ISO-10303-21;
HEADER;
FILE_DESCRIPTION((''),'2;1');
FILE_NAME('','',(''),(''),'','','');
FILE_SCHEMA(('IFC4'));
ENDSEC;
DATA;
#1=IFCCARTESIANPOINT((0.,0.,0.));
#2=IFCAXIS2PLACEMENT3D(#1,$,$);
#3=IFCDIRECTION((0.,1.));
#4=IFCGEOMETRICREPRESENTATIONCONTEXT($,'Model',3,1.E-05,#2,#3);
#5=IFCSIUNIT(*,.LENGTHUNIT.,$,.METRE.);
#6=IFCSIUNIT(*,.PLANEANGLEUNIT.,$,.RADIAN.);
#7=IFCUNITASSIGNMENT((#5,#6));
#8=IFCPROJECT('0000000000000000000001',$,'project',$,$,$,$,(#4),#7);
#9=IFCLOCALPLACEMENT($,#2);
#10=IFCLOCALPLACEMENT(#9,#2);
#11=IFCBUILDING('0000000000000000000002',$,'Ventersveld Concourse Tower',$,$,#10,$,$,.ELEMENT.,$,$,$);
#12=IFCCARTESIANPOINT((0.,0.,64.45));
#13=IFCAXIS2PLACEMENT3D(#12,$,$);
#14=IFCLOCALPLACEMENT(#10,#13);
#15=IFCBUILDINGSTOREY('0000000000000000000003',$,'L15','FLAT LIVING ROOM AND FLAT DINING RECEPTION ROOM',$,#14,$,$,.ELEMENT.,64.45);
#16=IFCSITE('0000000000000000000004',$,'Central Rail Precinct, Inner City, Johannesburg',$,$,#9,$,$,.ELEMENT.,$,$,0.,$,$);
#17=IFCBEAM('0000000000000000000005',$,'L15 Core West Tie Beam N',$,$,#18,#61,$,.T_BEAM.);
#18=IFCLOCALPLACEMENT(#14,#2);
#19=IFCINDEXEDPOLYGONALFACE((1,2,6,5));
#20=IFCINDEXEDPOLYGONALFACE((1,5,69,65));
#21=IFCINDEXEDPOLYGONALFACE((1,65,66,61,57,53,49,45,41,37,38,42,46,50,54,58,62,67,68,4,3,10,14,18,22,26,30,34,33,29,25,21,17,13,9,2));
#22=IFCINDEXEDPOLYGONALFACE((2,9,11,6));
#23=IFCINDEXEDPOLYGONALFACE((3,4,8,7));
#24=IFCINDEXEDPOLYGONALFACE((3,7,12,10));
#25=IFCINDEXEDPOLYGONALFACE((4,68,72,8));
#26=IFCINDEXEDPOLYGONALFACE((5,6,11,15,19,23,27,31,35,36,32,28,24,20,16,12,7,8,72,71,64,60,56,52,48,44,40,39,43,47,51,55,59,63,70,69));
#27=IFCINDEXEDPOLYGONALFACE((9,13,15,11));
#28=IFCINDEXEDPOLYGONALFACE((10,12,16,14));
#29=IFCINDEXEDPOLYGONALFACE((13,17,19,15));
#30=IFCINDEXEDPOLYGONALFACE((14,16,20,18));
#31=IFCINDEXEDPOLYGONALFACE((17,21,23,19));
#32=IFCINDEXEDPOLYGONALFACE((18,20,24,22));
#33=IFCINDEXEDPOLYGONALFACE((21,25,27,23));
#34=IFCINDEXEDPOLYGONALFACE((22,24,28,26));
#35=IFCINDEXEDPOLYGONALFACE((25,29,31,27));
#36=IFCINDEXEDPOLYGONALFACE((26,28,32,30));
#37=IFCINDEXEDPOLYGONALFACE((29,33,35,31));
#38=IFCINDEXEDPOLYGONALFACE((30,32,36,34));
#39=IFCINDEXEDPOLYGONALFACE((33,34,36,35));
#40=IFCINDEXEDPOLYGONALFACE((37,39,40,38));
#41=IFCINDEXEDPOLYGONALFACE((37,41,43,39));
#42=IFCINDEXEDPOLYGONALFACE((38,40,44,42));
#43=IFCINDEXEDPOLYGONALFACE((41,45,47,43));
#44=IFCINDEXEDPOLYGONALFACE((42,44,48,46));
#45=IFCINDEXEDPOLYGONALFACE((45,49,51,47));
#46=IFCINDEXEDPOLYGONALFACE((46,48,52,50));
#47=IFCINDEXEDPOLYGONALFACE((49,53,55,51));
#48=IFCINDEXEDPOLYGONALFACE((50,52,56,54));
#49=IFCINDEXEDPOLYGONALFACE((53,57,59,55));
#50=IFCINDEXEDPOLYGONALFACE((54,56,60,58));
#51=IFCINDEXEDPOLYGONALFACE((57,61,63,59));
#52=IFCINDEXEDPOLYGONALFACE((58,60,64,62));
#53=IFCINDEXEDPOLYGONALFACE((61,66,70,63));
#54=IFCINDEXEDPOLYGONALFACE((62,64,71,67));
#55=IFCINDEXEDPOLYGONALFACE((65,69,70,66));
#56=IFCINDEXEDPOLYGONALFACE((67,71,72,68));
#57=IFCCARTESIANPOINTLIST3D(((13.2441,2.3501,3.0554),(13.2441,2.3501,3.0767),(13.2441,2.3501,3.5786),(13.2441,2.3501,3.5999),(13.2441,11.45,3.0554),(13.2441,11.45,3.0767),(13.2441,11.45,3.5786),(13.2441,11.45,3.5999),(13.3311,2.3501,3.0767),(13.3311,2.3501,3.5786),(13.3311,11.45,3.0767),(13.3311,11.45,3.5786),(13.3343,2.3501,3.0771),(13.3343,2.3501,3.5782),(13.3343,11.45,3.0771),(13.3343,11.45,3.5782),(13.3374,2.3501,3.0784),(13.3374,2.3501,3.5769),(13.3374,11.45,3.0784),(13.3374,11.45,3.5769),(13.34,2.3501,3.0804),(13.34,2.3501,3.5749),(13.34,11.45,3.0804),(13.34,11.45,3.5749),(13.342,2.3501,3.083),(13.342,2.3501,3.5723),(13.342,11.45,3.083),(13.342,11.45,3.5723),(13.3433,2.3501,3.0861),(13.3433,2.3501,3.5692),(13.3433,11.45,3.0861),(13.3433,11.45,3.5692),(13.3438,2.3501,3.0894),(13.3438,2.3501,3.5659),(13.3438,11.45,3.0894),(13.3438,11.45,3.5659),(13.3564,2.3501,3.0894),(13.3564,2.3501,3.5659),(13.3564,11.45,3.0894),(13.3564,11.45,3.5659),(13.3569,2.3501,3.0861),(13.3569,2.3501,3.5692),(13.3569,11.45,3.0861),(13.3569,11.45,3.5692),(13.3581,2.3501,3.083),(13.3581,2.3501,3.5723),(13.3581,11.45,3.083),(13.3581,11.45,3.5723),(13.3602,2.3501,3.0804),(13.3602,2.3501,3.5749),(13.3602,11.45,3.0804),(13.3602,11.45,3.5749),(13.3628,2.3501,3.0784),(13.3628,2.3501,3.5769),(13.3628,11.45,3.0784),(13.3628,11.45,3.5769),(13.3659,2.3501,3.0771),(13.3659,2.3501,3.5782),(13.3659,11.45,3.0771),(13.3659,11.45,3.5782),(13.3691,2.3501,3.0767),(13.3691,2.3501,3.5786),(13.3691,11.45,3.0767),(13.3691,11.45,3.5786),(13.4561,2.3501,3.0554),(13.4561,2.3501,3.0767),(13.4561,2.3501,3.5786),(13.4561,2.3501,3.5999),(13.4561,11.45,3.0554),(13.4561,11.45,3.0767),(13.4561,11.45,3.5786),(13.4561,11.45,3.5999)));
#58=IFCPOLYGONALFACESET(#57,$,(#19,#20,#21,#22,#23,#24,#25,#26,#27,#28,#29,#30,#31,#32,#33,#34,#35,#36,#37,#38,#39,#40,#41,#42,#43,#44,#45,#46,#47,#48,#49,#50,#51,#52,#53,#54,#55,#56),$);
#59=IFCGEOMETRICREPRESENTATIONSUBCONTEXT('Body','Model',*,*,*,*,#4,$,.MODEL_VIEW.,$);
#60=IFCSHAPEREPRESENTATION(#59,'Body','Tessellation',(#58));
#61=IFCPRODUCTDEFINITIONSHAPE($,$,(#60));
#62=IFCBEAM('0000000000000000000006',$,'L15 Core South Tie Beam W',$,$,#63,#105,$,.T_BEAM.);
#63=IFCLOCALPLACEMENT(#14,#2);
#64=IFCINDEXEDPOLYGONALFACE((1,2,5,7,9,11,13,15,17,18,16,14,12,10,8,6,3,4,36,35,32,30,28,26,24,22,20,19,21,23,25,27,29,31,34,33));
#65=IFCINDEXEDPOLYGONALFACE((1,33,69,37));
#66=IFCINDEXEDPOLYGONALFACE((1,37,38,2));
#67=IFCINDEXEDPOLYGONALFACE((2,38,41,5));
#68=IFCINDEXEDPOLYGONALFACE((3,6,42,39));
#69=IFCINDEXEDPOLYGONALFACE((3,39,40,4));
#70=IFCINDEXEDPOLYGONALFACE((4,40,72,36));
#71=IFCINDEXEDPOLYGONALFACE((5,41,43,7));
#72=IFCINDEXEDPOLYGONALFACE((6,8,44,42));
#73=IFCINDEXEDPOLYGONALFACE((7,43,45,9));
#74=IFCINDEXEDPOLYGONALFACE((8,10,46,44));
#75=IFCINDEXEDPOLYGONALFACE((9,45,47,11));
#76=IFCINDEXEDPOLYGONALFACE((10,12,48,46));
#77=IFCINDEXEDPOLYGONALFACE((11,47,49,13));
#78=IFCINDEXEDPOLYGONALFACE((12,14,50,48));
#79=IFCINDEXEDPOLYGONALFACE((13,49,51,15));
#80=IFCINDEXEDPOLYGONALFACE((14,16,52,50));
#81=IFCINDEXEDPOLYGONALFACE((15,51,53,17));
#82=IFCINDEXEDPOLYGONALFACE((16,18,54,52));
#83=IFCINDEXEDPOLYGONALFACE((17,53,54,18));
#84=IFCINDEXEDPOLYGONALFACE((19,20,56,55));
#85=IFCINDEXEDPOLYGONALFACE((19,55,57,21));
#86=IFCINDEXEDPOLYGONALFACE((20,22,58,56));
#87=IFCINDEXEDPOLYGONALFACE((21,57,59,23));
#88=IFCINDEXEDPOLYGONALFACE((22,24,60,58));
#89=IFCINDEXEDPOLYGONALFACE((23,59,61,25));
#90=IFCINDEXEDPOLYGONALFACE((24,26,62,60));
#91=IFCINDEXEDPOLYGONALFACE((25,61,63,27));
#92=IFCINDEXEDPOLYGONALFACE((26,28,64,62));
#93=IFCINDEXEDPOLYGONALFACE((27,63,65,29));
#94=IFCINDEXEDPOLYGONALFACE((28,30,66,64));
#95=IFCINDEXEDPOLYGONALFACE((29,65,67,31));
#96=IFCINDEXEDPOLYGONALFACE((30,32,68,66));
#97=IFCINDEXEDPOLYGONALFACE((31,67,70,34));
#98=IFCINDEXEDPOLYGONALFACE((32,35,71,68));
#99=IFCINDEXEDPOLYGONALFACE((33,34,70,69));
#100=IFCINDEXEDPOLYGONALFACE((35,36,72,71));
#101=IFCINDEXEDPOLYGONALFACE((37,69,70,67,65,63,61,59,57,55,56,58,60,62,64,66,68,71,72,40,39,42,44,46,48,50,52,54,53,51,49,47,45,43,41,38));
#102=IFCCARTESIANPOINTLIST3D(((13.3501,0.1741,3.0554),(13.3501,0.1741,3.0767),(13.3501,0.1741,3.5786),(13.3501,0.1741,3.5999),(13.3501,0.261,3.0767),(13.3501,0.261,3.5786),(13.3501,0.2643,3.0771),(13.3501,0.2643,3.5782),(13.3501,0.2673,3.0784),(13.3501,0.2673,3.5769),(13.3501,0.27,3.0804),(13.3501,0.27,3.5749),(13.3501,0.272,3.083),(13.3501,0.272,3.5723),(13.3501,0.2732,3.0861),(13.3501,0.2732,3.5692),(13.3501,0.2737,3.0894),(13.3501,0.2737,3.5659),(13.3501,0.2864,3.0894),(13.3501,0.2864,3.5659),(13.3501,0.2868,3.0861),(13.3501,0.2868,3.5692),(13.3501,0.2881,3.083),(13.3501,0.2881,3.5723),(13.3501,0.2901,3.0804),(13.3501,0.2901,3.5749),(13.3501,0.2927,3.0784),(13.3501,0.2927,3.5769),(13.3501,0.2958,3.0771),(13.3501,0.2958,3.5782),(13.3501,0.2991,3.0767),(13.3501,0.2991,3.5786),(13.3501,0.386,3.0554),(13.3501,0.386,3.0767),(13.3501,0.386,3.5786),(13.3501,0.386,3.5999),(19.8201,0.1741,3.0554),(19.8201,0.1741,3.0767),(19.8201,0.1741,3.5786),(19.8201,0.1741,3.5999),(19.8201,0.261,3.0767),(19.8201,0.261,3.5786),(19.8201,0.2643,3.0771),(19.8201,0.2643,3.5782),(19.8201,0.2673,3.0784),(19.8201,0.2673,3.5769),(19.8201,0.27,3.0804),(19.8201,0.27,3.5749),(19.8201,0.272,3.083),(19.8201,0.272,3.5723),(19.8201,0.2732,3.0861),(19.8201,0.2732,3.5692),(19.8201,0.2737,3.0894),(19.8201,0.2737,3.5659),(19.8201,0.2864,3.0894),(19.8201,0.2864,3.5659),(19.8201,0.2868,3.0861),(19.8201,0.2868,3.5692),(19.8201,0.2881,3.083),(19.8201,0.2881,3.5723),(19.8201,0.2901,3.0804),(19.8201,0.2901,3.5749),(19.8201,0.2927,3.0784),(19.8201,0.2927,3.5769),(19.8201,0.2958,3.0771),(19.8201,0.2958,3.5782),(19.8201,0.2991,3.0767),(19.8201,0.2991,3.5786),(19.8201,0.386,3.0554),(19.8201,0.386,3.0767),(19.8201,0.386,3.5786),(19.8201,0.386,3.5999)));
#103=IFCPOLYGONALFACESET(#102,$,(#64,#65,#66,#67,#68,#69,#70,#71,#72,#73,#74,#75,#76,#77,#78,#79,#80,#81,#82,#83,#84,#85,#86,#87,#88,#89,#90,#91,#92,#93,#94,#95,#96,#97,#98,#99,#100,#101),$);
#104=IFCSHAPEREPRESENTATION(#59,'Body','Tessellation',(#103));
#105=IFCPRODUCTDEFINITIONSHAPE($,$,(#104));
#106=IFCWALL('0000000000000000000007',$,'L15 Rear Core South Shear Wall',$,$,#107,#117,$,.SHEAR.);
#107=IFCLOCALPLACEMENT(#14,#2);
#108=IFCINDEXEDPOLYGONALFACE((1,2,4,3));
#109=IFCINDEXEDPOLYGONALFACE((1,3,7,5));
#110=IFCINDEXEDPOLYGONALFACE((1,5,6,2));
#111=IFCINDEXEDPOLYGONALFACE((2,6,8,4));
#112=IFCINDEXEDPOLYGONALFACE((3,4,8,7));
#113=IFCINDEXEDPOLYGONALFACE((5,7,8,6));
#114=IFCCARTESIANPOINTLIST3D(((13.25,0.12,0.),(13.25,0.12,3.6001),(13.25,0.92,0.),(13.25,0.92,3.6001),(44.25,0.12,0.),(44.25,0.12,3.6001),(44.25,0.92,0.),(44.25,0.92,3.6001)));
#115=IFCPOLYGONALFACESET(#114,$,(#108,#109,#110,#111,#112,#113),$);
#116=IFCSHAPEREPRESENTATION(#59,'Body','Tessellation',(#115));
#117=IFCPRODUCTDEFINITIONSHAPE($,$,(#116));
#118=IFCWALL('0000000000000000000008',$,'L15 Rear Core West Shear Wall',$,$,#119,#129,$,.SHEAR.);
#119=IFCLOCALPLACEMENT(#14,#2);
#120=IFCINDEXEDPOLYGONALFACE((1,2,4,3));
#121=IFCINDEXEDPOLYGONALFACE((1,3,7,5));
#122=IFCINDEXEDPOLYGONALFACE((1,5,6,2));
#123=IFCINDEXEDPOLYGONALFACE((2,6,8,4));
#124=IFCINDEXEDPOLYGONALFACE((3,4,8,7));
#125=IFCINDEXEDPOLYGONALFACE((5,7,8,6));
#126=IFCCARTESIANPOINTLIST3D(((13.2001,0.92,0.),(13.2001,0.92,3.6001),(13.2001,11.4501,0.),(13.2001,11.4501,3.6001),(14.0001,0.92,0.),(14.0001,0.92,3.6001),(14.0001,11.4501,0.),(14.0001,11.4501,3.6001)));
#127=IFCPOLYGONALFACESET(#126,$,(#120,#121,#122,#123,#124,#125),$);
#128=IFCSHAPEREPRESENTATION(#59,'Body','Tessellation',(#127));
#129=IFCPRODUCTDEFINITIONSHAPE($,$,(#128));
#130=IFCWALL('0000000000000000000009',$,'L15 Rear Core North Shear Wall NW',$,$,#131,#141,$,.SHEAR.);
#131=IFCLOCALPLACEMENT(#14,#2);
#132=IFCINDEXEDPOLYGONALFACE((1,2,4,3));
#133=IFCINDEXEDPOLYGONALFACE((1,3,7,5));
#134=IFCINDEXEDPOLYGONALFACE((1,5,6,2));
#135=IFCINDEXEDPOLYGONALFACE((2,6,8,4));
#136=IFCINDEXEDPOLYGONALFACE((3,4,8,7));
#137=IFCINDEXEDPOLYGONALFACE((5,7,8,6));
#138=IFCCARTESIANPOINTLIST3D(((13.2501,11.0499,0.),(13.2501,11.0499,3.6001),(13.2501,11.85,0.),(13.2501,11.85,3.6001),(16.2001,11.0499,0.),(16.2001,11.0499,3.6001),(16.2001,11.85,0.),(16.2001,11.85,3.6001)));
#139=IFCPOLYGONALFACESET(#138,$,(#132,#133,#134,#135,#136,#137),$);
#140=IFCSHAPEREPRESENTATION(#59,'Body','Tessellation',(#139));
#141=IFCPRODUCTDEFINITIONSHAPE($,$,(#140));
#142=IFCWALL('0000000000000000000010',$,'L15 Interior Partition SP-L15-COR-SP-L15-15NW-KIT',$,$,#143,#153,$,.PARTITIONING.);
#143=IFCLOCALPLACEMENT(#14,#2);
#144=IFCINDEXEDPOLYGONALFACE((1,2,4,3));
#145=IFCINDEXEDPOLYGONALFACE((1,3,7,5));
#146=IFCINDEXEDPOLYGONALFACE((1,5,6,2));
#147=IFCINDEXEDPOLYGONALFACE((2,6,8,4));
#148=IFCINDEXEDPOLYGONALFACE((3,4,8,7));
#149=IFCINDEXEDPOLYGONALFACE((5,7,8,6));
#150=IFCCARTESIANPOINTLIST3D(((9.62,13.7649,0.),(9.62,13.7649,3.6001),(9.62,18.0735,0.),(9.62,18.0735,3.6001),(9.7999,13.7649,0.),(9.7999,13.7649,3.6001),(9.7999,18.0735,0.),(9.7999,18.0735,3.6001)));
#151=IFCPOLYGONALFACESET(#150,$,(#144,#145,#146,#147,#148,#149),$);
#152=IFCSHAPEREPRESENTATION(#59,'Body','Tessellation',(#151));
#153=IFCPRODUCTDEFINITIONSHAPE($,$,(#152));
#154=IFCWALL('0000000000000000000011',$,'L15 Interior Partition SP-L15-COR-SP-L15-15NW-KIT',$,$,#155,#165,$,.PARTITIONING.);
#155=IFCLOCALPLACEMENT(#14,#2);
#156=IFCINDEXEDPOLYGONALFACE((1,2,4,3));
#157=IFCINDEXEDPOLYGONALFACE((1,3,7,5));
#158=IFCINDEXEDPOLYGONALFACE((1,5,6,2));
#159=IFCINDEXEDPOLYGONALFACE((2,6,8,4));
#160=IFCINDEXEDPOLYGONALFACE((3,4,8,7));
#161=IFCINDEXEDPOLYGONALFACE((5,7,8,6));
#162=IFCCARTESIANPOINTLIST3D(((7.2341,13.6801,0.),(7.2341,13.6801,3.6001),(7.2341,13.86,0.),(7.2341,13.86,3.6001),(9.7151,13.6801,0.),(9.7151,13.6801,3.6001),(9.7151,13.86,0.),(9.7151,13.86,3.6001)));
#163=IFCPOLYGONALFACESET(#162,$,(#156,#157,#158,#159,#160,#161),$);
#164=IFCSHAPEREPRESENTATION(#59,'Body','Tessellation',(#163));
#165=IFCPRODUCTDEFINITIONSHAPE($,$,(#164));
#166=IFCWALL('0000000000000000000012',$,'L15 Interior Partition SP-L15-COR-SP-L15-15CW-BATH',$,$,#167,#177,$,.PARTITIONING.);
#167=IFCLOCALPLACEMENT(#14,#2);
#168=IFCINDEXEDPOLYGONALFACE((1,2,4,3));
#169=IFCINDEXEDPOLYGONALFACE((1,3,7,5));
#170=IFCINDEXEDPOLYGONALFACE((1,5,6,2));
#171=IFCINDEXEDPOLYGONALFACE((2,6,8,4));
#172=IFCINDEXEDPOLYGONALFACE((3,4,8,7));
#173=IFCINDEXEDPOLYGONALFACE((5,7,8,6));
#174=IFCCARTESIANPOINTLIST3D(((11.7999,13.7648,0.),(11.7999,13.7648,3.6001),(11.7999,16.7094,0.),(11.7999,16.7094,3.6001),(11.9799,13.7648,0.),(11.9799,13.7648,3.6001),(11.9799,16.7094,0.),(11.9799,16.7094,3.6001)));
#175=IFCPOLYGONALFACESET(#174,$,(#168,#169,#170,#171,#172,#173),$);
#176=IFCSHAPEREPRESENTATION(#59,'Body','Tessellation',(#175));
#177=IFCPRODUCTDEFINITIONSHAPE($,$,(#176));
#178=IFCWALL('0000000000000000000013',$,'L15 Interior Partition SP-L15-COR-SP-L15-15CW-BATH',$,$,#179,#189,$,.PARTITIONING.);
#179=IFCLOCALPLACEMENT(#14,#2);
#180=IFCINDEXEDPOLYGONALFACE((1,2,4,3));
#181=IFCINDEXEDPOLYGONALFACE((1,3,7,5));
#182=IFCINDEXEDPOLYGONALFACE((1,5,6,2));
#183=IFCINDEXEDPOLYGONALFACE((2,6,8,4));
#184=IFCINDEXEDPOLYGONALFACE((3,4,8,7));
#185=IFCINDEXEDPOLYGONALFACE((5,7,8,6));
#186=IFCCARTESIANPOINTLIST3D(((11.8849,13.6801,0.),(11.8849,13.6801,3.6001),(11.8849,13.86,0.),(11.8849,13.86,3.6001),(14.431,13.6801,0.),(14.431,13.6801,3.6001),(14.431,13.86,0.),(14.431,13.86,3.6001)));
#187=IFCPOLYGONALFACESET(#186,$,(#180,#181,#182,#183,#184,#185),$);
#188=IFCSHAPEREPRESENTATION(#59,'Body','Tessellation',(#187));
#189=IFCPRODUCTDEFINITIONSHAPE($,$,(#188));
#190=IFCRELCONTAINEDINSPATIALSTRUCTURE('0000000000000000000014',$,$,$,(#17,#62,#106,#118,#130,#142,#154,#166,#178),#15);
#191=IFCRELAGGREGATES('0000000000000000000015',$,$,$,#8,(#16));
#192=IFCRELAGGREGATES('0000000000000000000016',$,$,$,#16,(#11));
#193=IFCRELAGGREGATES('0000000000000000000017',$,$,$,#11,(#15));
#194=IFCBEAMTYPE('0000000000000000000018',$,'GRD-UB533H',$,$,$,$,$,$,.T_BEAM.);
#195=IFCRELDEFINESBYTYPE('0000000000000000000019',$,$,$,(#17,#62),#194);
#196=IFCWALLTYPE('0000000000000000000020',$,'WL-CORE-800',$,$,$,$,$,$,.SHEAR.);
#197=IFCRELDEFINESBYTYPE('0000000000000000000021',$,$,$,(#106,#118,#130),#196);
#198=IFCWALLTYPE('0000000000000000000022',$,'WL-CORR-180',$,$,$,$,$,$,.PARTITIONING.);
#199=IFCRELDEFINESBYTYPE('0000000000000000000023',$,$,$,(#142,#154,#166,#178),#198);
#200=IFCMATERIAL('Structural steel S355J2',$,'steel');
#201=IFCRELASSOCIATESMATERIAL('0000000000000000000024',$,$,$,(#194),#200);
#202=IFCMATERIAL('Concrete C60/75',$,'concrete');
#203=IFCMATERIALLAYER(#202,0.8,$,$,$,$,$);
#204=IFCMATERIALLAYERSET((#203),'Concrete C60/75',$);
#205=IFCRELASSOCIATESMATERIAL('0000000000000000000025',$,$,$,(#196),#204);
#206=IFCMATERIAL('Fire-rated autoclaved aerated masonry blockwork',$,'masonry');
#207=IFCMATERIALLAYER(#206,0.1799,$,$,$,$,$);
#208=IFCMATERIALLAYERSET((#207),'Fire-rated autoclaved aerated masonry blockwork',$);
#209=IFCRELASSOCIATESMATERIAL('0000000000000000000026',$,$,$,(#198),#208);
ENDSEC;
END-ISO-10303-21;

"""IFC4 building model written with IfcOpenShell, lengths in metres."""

from ifc_helpers import new_model, si_unit, direction, frame, frame_2d, origin, origin_2d, place, context, subcontext, project, spatial, rectangle, i_section, extrude, material, layer, layer_set, material_profile, profile_set, type_object, element, save


model = new_model("IFC4")

# Units and contexts
model_context = context("Model", 3, precision=1e-05, world=origin(), true_north=direction((0.0, 1.0)))
body_context = subcontext(model_context, "Body", "Model", "MODEL_VIEW")
ifc_project = project(units=[si_unit("LENGTHUNIT", "METRE"), si_unit("PLANEANGLEUNIT", "RADIAN")], contexts=[model_context])

# Site, building, storey
site_placement = place(None, origin())
site = spatial("IfcSite", under=ifc_project, at=site_placement, Name="Central Rail Precinct, Inner City, Johannesburg", CompositionType="ELEMENT", RefElevation=0.0)
building_placement = place(site_placement, origin())
building = spatial("IfcBuilding", under=site, at=building_placement, Name="Ventersveld Concourse Tower", CompositionType="ELEMENT")
storey_placement = place(building_placement, frame((0.0, 0.0, 64.45)))
storey = spatial("IfcBuildingStorey", under=building, at=storey_placement, Name="L15", Description="FLAT LIVING ROOM AND FLAT DINING RECEPTION ROOM", CompositionType="ELEMENT", Elevation=64.45)

# Beams
ifc_material_1 = material(Name="Structural steel S355J2", Category="steel")
ifc_material_profile_1 = material_profile(ifc_material_1, i_section(OverallWidth=0.2119, OverallDepth=0.5444, WebThickness=0.0127, FlangeThickness=0.0212, FilletRadius=0.0127, at=origin_2d()), Name="UB 533x210x122")
ifc_profile_set_1 = profile_set([ifc_material_profile_1], Name="Structural steel S355J2")
beam_type_1 = type_object("IfcBeamType", Name="GRD-UB533H", PredefinedType="T_BEAM", material=ifc_profile_set_1)
beam_1_placement = place(storey_placement, frame((13.3501, 2.3501, 3.3276), z_axis=(0.0, 1.0, 0.0), x_axis=(-1.0, 0.0, 0.0)))
element("IfcBeam", 1, at=beam_1_placement, inside=storey, type_object=beam_type_1, Name="L15 Core West Tie Beam N", PredefinedType="T_BEAM", context=body_context, shape_type="SweptSolid", body=[
    extrude(i_section(OverallWidth=0.2119, OverallDepth=0.5444, WebThickness=0.0127, FlangeThickness=0.0212, FilletRadius=0.0127, at=origin_2d()), origin(), (0.0, 0.0, 1.0), 9.0999),
])
beam_2_placement = place(storey_placement, frame((13.3501, 0.28, 3.3276), z_axis=(1.0, 0.0, 0.0), x_axis=(0.0, 1.0, 0.0)))
element("IfcBeam", 2, at=beam_2_placement, inside=storey, type_object=beam_type_1, Name="L15 Core South Tie Beam W", PredefinedType="T_BEAM", context=body_context, shape_type="SweptSolid", body=[
    extrude(i_section(OverallWidth=0.2119, OverallDepth=0.5444, WebThickness=0.0127, FlangeThickness=0.0212, FilletRadius=0.0127, at=origin_2d()), origin(), (0.0, 0.0, 1.0), 6.47),
])

# Walls
ifc_material_2 = material(Name="Concrete C60/75", Category="concrete")
ifc_layer_1 = layer(ifc_material_2, 0.8)
ifc_layer_set_1 = layer_set([ifc_layer_1], Name="Concrete C60/75")
wall_type_1 = type_object("IfcWallType", Name="WL-CORE-800", PredefinedType="SHEAR", material=ifc_layer_set_1)
wall_1_placement = place(storey_placement, frame((13.25, 0.52, 0.0), z_axis=(0.0, 0.0, 1.0), x_axis=(1.0, 0.0, 0.0)))
element("IfcWall", 3, at=wall_1_placement, inside=storey, type_object=wall_type_1, Name="L15 Rear Core South Shear Wall", PredefinedType="SHEAR", context=body_context, shape_type="SweptSolid", body=[
    extrude(rectangle(XDim=31.0, YDim=0.8, at=frame_2d((15.5, 0.0))), origin(), (0.0, 0.0, 1.0), 3.6001),
])
wall_2_placement = place(storey_placement, frame((13.6001, 0.9199, 0.0), z_axis=(0.0, 0.0, 1.0), x_axis=(0.0, 1.0, 0.0)))
element("IfcWall", 4, at=wall_2_placement, inside=storey, type_object=wall_type_1, Name="L15 Rear Core West Shear Wall", PredefinedType="SHEAR", context=body_context, shape_type="SweptSolid", body=[
    extrude(rectangle(XDim=10.53, YDim=0.8, at=frame_2d((5.2651, 0.0))), origin(), (0.0, 0.0, 1.0), 3.6001),
])
wall_3_placement = place(storey_placement, frame((13.25, 11.45, 0.0), z_axis=(0.0, 0.0, 1.0), x_axis=(1.0, 0.0, 0.0)))
element("IfcWall", 5, at=wall_3_placement, inside=storey, type_object=wall_type_1, Name="L15 Rear Core North Shear Wall NW", PredefinedType="SHEAR", context=body_context, shape_type="SweptSolid", body=[
    extrude(rectangle(XDim=2.95, YDim=0.8, at=frame_2d((1.4751, 0.0))), origin(), (0.0, 0.0, 1.0), 3.6001),
])

# Shared definitions
ifc_material_3 = material(Name="Fire-rated autoclaved aerated masonry blockwork", Category="masonry")
ifc_layer_2 = layer(ifc_material_3, 0.1799)
ifc_layer_set_2 = layer_set([ifc_layer_2], Name="Fire-rated autoclaved aerated masonry blockwork")
wall_type_2 = type_object("IfcWallType", Name="WL-CORR-180", PredefinedType="PARTITIONING", material=ifc_layer_set_2)

# Walls
wall_4_placement = place(storey_placement, frame((9.71, 13.7649, 0.0), z_axis=(0.0, 0.0, 1.0), x_axis=(0.0, 1.0, 0.0)))
element("IfcWall", 6, at=wall_4_placement, inside=storey, type_object=wall_type_2, Name="L15 Interior Partition SP-L15-COR-SP-L15-15NW-KIT", PredefinedType="PARTITIONING", context=body_context, shape_type="SweptSolid", body=[
    extrude(rectangle(XDim=4.3086, YDim=0.1799, at=frame_2d((2.1543, 0.0))), origin(), (0.0, 0.0, 1.0), 3.6001),
])
wall_5_placement = place(storey_placement, frame((7.2341, 13.77, 0.0), z_axis=(0.0, 0.0, 1.0), x_axis=(1.0, 0.0, 0.0)))
element("IfcWall", 7, at=wall_5_placement, inside=storey, type_object=wall_type_2, Name="L15 Interior Partition SP-L15-COR-SP-L15-15NW-KIT", PredefinedType="PARTITIONING", context=body_context, shape_type="SweptSolid", body=[
    extrude(rectangle(XDim=2.481, YDim=0.1799, at=frame_2d((1.2405, 0.0))), origin(), (0.0, 0.0, 1.0), 3.6001),
])

# Walls
wall_6_placement = place(storey_placement, frame((11.8899, 13.7649, 0.0), z_axis=(0.0, 0.0, 1.0), x_axis=(0.0, 1.0, 0.0)))
element("IfcWall", 8, at=wall_6_placement, inside=storey, type_object=wall_type_2, Name="L15 Interior Partition SP-L15-COR-SP-L15-15CW-BATH", PredefinedType="PARTITIONING", context=body_context, shape_type="SweptSolid", body=[
    extrude(rectangle(XDim=2.9446, YDim=0.1799, at=frame_2d((1.4722, 0.0))), origin(), (0.0, 0.0, 1.0), 3.6001),
])
wall_7_placement = place(storey_placement, frame((11.885, 13.77, 0.0), z_axis=(0.0, 0.0, 1.0), x_axis=(1.0, 0.0, 0.0)))
element("IfcWall", 9, at=wall_7_placement, inside=storey, type_object=wall_type_2, Name="L15 Interior Partition SP-L15-COR-SP-L15-15CW-BATH", PredefinedType="PARTITIONING", context=body_context, shape_type="SweptSolid", body=[
    extrude(rectangle(XDim=2.5461, YDim=0.1799, at=frame_2d((1.2729, 0.0))), origin(), (0.0, 0.0, 1.0), 3.6001),
])

save(model, "model.ifc")
